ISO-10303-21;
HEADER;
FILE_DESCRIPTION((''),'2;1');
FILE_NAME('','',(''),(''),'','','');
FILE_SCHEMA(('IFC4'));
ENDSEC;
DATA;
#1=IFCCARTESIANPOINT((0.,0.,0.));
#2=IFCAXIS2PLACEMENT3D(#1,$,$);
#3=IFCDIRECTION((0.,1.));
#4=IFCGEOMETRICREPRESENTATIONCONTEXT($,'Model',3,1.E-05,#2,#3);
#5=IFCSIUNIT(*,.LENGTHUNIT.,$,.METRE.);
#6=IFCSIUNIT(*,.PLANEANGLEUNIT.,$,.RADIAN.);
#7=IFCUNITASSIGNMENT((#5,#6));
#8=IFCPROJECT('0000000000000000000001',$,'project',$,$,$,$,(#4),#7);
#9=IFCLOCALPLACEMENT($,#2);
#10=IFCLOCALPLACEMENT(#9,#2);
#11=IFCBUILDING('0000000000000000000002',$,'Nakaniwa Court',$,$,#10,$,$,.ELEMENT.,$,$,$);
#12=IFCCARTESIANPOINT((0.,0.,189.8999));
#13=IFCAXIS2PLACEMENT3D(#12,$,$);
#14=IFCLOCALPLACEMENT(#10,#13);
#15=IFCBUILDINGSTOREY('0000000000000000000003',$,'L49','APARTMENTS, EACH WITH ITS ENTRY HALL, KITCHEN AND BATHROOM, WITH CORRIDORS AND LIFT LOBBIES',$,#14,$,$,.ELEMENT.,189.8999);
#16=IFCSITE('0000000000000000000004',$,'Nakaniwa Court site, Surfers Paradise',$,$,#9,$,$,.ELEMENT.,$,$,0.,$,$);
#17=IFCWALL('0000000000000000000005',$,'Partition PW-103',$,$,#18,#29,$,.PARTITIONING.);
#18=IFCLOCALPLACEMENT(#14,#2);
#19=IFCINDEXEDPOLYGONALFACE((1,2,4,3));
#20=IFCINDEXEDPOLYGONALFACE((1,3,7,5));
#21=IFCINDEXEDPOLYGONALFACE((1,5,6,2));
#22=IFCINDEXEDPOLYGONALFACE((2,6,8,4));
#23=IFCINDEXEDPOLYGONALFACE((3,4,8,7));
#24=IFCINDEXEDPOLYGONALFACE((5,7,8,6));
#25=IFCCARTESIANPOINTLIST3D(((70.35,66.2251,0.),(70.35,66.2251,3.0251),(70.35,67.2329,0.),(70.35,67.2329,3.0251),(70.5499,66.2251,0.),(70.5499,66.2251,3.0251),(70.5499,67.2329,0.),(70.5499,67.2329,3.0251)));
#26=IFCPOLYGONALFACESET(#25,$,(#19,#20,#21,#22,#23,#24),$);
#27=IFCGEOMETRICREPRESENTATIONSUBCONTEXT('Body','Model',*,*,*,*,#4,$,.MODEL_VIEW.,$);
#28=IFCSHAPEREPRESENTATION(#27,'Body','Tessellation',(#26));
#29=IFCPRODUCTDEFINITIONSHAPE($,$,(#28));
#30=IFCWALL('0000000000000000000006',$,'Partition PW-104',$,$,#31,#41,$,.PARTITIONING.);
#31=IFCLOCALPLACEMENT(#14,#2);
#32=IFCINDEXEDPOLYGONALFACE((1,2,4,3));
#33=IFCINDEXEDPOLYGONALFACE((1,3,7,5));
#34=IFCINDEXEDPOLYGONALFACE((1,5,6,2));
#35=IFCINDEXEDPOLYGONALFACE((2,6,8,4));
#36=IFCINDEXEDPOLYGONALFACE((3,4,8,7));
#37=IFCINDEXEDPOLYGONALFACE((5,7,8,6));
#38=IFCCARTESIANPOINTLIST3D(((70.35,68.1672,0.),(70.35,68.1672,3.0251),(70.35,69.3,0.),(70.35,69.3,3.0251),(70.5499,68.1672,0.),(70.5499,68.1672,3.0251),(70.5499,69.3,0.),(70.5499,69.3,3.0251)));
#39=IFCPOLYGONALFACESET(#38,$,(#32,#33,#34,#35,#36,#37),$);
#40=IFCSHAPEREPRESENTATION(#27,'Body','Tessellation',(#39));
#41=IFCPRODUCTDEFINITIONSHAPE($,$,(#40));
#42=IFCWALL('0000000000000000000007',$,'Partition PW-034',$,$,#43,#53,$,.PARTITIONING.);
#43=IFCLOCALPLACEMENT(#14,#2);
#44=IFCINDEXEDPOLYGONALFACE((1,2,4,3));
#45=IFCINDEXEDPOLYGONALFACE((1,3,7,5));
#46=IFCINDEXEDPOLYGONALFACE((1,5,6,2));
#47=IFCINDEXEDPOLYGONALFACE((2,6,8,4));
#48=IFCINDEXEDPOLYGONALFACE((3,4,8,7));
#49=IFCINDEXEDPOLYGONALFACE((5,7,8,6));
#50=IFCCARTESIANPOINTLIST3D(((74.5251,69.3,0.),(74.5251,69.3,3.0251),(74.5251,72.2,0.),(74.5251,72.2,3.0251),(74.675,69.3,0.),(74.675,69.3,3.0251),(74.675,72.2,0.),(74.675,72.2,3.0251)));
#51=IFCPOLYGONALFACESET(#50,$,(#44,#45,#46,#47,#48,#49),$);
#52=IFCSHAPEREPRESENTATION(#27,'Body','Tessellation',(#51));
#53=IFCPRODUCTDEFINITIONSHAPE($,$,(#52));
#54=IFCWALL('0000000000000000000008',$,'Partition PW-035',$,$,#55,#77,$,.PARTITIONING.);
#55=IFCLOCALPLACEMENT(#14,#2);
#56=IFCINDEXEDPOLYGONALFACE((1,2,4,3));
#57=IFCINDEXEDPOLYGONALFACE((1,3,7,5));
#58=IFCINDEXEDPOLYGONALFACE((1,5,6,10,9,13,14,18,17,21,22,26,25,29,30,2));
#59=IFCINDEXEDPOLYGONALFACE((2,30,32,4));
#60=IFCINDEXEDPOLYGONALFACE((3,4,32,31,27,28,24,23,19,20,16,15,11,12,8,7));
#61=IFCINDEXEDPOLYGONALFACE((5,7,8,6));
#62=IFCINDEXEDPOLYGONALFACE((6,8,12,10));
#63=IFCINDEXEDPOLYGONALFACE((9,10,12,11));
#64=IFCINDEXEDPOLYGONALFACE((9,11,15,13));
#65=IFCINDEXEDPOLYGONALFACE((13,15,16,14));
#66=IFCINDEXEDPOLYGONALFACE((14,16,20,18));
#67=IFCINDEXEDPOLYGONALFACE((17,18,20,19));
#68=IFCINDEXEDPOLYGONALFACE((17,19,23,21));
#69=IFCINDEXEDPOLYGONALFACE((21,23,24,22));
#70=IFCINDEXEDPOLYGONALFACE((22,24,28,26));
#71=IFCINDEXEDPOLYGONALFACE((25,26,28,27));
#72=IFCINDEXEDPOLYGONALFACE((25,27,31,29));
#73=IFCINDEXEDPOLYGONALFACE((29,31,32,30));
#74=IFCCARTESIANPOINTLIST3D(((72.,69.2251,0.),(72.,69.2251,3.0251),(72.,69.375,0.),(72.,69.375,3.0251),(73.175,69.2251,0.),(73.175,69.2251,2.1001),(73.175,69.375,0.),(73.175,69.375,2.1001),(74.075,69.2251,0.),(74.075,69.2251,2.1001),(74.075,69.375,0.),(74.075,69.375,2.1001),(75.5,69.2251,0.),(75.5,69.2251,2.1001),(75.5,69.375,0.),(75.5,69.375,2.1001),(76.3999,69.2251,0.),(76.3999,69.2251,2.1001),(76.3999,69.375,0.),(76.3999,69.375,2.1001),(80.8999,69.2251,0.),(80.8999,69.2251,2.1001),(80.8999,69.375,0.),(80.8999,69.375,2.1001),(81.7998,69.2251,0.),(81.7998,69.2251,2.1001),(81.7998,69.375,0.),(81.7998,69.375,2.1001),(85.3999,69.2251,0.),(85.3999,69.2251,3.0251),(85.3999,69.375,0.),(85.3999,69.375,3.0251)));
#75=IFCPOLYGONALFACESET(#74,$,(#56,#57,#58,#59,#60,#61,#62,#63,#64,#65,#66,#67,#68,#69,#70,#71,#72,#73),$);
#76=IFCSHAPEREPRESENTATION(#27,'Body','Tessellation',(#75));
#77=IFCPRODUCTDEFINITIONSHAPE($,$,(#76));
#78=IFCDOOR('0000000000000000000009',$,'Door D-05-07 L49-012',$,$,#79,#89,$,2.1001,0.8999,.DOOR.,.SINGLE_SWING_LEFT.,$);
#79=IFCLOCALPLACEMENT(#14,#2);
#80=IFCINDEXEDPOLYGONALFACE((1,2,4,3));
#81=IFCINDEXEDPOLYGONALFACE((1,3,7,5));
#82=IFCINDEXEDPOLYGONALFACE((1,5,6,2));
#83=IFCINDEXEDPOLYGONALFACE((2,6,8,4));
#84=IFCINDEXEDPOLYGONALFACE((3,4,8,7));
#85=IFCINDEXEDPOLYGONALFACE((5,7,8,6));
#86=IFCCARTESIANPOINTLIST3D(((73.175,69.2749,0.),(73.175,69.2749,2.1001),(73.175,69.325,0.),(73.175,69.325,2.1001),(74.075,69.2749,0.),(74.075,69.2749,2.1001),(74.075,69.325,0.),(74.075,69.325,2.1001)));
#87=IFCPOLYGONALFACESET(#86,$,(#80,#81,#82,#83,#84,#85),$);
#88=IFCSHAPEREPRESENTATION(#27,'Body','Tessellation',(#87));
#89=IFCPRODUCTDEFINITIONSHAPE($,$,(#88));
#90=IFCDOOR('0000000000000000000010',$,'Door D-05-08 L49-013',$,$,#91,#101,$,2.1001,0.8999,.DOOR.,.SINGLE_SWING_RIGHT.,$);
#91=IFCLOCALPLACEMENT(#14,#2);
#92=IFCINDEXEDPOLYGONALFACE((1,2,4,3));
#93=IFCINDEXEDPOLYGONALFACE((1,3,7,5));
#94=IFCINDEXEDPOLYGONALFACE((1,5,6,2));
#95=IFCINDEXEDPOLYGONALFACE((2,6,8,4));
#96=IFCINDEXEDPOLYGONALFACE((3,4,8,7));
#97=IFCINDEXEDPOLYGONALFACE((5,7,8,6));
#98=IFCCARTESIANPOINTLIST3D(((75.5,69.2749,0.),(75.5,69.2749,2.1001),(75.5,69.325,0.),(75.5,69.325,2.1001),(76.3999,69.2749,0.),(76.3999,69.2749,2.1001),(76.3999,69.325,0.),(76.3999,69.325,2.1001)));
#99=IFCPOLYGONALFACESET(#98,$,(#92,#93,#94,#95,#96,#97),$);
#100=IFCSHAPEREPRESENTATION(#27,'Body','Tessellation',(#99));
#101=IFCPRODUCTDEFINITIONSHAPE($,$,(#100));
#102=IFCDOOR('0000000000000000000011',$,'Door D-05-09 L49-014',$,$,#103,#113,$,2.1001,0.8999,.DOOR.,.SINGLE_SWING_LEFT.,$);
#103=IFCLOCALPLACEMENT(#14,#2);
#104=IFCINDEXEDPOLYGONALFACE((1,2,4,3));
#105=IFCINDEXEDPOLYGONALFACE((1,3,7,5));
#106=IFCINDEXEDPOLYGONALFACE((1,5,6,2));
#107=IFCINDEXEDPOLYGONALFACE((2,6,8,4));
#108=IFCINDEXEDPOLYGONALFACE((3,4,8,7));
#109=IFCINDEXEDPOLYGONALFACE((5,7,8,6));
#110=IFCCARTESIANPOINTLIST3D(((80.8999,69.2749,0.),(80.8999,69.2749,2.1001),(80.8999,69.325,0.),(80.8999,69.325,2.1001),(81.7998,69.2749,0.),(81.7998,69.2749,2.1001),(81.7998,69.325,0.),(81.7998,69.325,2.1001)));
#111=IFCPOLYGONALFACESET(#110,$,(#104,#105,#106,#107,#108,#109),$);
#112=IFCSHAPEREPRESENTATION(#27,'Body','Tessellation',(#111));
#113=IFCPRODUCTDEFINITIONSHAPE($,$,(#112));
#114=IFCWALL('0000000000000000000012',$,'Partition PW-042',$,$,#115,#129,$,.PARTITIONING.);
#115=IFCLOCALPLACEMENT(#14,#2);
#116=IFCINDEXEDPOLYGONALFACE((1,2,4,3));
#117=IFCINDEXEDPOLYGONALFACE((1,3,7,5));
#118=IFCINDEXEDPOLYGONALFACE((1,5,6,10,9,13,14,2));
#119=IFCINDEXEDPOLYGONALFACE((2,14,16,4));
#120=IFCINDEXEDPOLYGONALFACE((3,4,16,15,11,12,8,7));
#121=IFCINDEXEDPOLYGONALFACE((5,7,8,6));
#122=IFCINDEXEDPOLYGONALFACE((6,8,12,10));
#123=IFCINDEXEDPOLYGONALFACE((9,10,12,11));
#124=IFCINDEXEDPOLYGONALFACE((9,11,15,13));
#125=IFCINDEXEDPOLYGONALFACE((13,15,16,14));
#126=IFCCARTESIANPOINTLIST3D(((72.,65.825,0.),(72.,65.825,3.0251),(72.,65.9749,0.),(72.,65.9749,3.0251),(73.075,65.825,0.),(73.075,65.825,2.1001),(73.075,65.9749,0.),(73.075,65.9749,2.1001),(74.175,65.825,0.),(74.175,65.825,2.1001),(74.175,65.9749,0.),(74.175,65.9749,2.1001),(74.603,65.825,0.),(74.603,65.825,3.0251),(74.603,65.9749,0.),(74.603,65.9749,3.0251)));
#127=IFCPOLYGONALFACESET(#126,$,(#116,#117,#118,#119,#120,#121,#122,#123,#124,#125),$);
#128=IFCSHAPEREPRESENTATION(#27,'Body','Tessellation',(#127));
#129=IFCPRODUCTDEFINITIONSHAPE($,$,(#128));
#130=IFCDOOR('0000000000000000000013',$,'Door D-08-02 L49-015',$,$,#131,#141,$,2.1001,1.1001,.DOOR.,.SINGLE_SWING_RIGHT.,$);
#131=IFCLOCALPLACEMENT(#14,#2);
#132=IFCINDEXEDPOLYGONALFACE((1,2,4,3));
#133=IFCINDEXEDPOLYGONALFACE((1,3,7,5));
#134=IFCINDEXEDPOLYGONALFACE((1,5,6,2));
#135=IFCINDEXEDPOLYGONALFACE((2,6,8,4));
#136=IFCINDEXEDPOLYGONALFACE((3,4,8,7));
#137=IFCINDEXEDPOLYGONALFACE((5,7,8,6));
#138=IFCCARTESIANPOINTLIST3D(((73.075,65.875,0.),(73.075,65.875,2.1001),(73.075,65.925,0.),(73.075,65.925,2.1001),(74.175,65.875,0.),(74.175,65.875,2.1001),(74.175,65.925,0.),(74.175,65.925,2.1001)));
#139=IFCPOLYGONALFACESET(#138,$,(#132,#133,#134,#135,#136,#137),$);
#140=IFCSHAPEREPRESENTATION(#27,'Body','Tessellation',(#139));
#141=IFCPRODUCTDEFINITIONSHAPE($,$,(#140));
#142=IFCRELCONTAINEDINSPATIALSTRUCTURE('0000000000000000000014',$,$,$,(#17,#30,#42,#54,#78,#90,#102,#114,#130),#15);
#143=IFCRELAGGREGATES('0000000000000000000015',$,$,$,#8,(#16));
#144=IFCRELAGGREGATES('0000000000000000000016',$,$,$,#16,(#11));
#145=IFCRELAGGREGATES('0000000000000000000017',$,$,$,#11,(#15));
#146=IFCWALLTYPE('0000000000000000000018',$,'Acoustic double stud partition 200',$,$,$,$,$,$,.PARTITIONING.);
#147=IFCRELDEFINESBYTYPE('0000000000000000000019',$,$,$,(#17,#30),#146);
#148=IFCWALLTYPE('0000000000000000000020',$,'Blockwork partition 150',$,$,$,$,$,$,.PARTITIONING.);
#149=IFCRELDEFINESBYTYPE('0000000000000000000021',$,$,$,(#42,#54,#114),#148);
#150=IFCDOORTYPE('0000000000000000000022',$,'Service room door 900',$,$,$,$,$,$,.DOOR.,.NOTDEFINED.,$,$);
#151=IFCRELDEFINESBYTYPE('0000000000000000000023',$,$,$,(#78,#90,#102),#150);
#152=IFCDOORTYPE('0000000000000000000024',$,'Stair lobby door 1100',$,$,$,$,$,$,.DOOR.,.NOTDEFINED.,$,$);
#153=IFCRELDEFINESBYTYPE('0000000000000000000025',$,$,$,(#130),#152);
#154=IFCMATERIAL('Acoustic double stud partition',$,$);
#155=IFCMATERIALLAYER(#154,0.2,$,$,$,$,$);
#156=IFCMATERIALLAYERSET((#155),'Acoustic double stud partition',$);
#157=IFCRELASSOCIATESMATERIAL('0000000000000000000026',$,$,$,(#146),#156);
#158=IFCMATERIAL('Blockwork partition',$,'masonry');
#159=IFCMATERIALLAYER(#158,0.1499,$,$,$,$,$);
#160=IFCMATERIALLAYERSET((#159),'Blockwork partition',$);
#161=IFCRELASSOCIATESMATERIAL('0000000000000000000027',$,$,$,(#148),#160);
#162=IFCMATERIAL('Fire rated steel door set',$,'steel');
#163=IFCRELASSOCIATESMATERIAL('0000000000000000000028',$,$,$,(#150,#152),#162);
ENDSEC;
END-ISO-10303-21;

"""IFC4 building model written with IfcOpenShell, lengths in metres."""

from ifc_helpers import new_model, si_unit, direction, frame, frame_2d, origin, place, context, subcontext, project, spatial, rectangle, extrude, material, layer, layer_set, type_object, element, fill, save


model = new_model("IFC4")

# Units and contexts
model_context = context("Model", 3, precision=1e-05, world=origin(), true_north=direction((0.0, 1.0)))
body_context = subcontext(model_context, "Body", "Model", "MODEL_VIEW")
ifc_project = project(units=[si_unit("LENGTHUNIT", "METRE"), si_unit("PLANEANGLEUNIT", "RADIAN")], contexts=[model_context])

# Site, building, storey
site_placement = place(None, origin())
site = spatial("IfcSite", under=ifc_project, at=site_placement, Name="Nakaniwa Court site, Surfers Paradise", CompositionType="ELEMENT", RefElevation=0.0)
building_placement = place(site_placement, origin())
building = spatial("IfcBuilding", under=site, at=building_placement, Name="Nakaniwa Court", CompositionType="ELEMENT")
storey_placement = place(building_placement, frame((0.0, 0.0, 189.8999)))
storey = spatial("IfcBuildingStorey", under=building, at=storey_placement, Name="L49", Description="APARTMENTS, EACH WITH ITS ENTRY HALL, KITCHEN AND BATHROOM, WITH CORRIDORS AND LIFT LOBBIES", CompositionType="ELEMENT", Elevation=189.8999)

# Shared definitions
ifc_material_1 = material(Name="Acoustic double stud partition")
ifc_layer_1 = layer(ifc_material_1, 0.2)
ifc_layer_set_1 = layer_set([ifc_layer_1], Name="Acoustic double stud partition")
wall_type_1 = type_object("IfcWallType", Name="Acoustic double stud partition 200", PredefinedType="PARTITIONING", material=ifc_layer_set_1)

# Walls
wall_1_placement = place(storey_placement, frame((70.45, 66.2251, 0.0), z_axis=(0.0, 0.0, 1.0), x_axis=(0.0, 1.0, 0.0)))
element("IfcWall", 1, at=wall_1_placement, inside=storey, type_object=wall_type_1, Name="Partition PW-103", PredefinedType="PARTITIONING", context=body_context, shape_type="SweptSolid", body=[
    extrude(rectangle(XDim=1.0078, YDim=0.2, at=frame_2d((0.5039, 0.0))), origin(), (0.0, 0.0, 1.0), 3.0251),
])
wall_2_placement = place(storey_placement, frame((70.45, 68.1672, 0.0), z_axis=(0.0, 0.0, 1.0), x_axis=(0.0, 1.0, 0.0)))
element("IfcWall", 2, at=wall_2_placement, inside=storey, type_object=wall_type_1, Name="Partition PW-104", PredefinedType="PARTITIONING", context=body_context, shape_type="SweptSolid", body=[
    extrude(rectangle(XDim=1.1328, YDim=0.2, at=frame_2d((0.5664, 0.0))), origin(), (0.0, 0.0, 1.0), 3.0251),
])
ifc_material_2 = material(Name="Blockwork partition", Category="masonry")
ifc_layer_2 = layer(ifc_material_2, 0.1499)
ifc_layer_set_2 = layer_set([ifc_layer_2], Name="Blockwork partition")
wall_type_2 = type_object("IfcWallType", Name="Blockwork partition 150", PredefinedType="PARTITIONING", material=ifc_layer_set_2)
wall_3_placement = place(storey_placement, frame((74.6001, 69.3, 0.0), z_axis=(0.0, 0.0, 1.0), x_axis=(0.0, 1.0, 0.0)))
element("IfcWall", 3, at=wall_3_placement, inside=storey, type_object=wall_type_2, Name="Partition PW-034", PredefinedType="PARTITIONING", context=body_context, shape_type="SweptSolid", body=[
    extrude(rectangle(XDim=2.8999, YDim=0.1499, at=frame_2d((1.45, 0.0))), origin(), (0.0, 0.0, 1.0), 3.0251),
])

# Wall, openings, doors
wall_4_placement = place(storey_placement, frame((72.0, 69.3, 0.0), z_axis=(0.0, 0.0, 1.0), x_axis=(1.0, 0.0, 0.0)))
wall_4 = element("IfcWall", 4, at=wall_4_placement, inside=storey, type_object=wall_type_2, Name="Partition PW-035", PredefinedType="PARTITIONING", context=body_context, shape_type="SweptSolid", body=[
    extrude(rectangle(XDim=13.3999, YDim=0.1499, at=frame_2d((6.7, 0.0))), origin(), (0.0, 0.0, 1.0), 3.0251),
])
opening_1_placement = place(wall_4_placement, frame((1.175, 0.0, 0.0)))
opening_1 = element("IfcOpeningElement", 5, at=opening_1_placement, cuts=wall_4, PredefinedType="OPENING", context=body_context, shape_type="SweptSolid", body=[
    extrude(rectangle(XDim=0.8999, YDim=2.1001, at=frame_2d((0.45, 1.05))), frame((0.0, 0.085, 0.0), z_axis=(0.0, -1.0, 0.0), x_axis=(1.0, 0.0, 0.0)), (0.0, 0.0, 1.0), 0.1699),
])
opening_2_placement = place(wall_4_placement, frame((3.5, 0.0, 0.0)))
opening_2 = element("IfcOpeningElement", 6, at=opening_2_placement, cuts=wall_4, PredefinedType="OPENING", context=body_context, shape_type="SweptSolid", body=[
    extrude(rectangle(XDim=0.8999, YDim=2.1001, at=frame_2d((0.45, 1.05))), frame((0.0, 0.085, 0.0), z_axis=(0.0, -1.0, 0.0), x_axis=(1.0, 0.0, 0.0)), (0.0, 0.0, 1.0), 0.1699),
])
opening_3_placement = place(wall_4_placement, frame((8.8999, 0.0, 0.0)))
opening_3 = element("IfcOpeningElement", 7, at=opening_3_placement, cuts=wall_4, PredefinedType="OPENING", context=body_context, shape_type="SweptSolid", body=[
    extrude(rectangle(XDim=0.8999, YDim=2.1001, at=frame_2d((0.45, 1.05))), frame((0.0, 0.085, 0.0), z_axis=(0.0, -1.0, 0.0), x_axis=(1.0, 0.0, 0.0)), (0.0, 0.0, 1.0), 0.1699),
])
ifc_material_3 = material(Name="Fire rated steel door set", Category="steel")
door_type_1 = type_object("IfcDoorType", Name="Service room door 900", OperationType="NOTDEFINED", PredefinedType="DOOR", material=ifc_material_3)
door_1_placement = place(opening_1_placement, origin())
door_1 = element("IfcDoor", 8, at=door_1_placement, inside=storey, type_object=door_type_1, Name="Door D-05-07 L49-012", OperationType="SINGLE_SWING_LEFT", OverallHeight=2.1001, OverallWidth=0.8999, PredefinedType="DOOR", context=body_context, shape_type="SweptSolid", body=[
    extrude(rectangle(XDim=0.8999, YDim=2.1001, at=frame_2d((0.45, 1.05))), frame((0.0, 0.0249, 0.0), z_axis=(0.0, -1.0, 0.0), x_axis=(1.0, 0.0, 0.0)), (0.0, 0.0, 1.0), 0.05),
])
fill(opening_1, door_1)
door_2_placement = place(opening_2_placement, origin())
door_2 = element("IfcDoor", 9, at=door_2_placement, inside=storey, type_object=door_type_1, Name="Door D-05-08 L49-013", OperationType="SINGLE_SWING_RIGHT", OverallHeight=2.1001, OverallWidth=0.8999, PredefinedType="DOOR", context=body_context, shape_type="SweptSolid", body=[
    extrude(rectangle(XDim=0.8999, YDim=2.1001, at=frame_2d((0.45, 1.05))), frame((0.0, 0.0249, 0.0), z_axis=(0.0, -1.0, 0.0), x_axis=(1.0, 0.0, 0.0)), (0.0, 0.0, 1.0), 0.05),
])
fill(opening_2, door_2)
door_3_placement = place(opening_3_placement, origin())
door_3 = element("IfcDoor", 10, at=door_3_placement, inside=storey, type_object=door_type_1, Name="Door D-05-09 L49-014", OperationType="SINGLE_SWING_LEFT", OverallHeight=2.1001, OverallWidth=0.8999, PredefinedType="DOOR", context=body_context, shape_type="SweptSolid", body=[
    extrude(rectangle(XDim=0.8999, YDim=2.1001, at=frame_2d((0.45, 1.05))), frame((0.0, 0.0249, 0.0), z_axis=(0.0, -1.0, 0.0), x_axis=(1.0, 0.0, 0.0)), (0.0, 0.0, 1.0), 0.05),
])
fill(opening_3, door_3)

# Wall, opening, door
wall_5_placement = place(storey_placement, frame((74.603, 65.8999, 0.0), z_axis=(0.0, 0.0, 1.0), x_axis=(-1.0, 0.0, 0.0)))
wall_5 = element("IfcWall", 11, at=wall_5_placement, inside=storey, type_object=wall_type_2, Name="Partition PW-042", PredefinedType="PARTITIONING", context=body_context, shape_type="SweptSolid", body=[
    extrude(rectangle(XDim=2.603, YDim=0.1499, at=frame_2d((1.3015, 0.0))), origin(), (0.0, 0.0, 1.0), 3.0251),
])
opening_4_placement = place(wall_5_placement, frame((0.428, 0.0, 0.0)))
opening_4 = element("IfcOpeningElement", 12, at=opening_4_placement, cuts=wall_5, PredefinedType="OPENING", context=body_context, shape_type="SweptSolid", body=[
    extrude(rectangle(XDim=1.1001, YDim=2.1001, at=frame_2d((0.55, 1.05))), frame((0.0, 0.085, 0.0), z_axis=(0.0, -1.0, 0.0), x_axis=(1.0, 0.0, 0.0)), (0.0, 0.0, 1.0), 0.1699),
])
door_type_2 = type_object("IfcDoorType", Name="Stair lobby door 1100", OperationType="NOTDEFINED", PredefinedType="DOOR", material=ifc_material_3)
door_4_placement = place(opening_4_placement, origin())
door_4 = element("IfcDoor", 13, at=door_4_placement, inside=storey, type_object=door_type_2, Name="Door D-08-02 L49-015", OperationType="SINGLE_SWING_RIGHT", OverallHeight=2.1001, OverallWidth=1.1001, PredefinedType="DOOR", context=body_context, shape_type="SweptSolid", body=[
    extrude(rectangle(XDim=1.1001, YDim=2.1001, at=frame_2d((0.55, 1.05))), frame((0.0, 0.0249, 0.0), z_axis=(0.0, -1.0, 0.0), x_axis=(1.0, 0.0, 0.0)), (0.0, 0.0, 1.0), 0.05),
])
fill(opening_4, door_4)

save(model, "model.ifc")
